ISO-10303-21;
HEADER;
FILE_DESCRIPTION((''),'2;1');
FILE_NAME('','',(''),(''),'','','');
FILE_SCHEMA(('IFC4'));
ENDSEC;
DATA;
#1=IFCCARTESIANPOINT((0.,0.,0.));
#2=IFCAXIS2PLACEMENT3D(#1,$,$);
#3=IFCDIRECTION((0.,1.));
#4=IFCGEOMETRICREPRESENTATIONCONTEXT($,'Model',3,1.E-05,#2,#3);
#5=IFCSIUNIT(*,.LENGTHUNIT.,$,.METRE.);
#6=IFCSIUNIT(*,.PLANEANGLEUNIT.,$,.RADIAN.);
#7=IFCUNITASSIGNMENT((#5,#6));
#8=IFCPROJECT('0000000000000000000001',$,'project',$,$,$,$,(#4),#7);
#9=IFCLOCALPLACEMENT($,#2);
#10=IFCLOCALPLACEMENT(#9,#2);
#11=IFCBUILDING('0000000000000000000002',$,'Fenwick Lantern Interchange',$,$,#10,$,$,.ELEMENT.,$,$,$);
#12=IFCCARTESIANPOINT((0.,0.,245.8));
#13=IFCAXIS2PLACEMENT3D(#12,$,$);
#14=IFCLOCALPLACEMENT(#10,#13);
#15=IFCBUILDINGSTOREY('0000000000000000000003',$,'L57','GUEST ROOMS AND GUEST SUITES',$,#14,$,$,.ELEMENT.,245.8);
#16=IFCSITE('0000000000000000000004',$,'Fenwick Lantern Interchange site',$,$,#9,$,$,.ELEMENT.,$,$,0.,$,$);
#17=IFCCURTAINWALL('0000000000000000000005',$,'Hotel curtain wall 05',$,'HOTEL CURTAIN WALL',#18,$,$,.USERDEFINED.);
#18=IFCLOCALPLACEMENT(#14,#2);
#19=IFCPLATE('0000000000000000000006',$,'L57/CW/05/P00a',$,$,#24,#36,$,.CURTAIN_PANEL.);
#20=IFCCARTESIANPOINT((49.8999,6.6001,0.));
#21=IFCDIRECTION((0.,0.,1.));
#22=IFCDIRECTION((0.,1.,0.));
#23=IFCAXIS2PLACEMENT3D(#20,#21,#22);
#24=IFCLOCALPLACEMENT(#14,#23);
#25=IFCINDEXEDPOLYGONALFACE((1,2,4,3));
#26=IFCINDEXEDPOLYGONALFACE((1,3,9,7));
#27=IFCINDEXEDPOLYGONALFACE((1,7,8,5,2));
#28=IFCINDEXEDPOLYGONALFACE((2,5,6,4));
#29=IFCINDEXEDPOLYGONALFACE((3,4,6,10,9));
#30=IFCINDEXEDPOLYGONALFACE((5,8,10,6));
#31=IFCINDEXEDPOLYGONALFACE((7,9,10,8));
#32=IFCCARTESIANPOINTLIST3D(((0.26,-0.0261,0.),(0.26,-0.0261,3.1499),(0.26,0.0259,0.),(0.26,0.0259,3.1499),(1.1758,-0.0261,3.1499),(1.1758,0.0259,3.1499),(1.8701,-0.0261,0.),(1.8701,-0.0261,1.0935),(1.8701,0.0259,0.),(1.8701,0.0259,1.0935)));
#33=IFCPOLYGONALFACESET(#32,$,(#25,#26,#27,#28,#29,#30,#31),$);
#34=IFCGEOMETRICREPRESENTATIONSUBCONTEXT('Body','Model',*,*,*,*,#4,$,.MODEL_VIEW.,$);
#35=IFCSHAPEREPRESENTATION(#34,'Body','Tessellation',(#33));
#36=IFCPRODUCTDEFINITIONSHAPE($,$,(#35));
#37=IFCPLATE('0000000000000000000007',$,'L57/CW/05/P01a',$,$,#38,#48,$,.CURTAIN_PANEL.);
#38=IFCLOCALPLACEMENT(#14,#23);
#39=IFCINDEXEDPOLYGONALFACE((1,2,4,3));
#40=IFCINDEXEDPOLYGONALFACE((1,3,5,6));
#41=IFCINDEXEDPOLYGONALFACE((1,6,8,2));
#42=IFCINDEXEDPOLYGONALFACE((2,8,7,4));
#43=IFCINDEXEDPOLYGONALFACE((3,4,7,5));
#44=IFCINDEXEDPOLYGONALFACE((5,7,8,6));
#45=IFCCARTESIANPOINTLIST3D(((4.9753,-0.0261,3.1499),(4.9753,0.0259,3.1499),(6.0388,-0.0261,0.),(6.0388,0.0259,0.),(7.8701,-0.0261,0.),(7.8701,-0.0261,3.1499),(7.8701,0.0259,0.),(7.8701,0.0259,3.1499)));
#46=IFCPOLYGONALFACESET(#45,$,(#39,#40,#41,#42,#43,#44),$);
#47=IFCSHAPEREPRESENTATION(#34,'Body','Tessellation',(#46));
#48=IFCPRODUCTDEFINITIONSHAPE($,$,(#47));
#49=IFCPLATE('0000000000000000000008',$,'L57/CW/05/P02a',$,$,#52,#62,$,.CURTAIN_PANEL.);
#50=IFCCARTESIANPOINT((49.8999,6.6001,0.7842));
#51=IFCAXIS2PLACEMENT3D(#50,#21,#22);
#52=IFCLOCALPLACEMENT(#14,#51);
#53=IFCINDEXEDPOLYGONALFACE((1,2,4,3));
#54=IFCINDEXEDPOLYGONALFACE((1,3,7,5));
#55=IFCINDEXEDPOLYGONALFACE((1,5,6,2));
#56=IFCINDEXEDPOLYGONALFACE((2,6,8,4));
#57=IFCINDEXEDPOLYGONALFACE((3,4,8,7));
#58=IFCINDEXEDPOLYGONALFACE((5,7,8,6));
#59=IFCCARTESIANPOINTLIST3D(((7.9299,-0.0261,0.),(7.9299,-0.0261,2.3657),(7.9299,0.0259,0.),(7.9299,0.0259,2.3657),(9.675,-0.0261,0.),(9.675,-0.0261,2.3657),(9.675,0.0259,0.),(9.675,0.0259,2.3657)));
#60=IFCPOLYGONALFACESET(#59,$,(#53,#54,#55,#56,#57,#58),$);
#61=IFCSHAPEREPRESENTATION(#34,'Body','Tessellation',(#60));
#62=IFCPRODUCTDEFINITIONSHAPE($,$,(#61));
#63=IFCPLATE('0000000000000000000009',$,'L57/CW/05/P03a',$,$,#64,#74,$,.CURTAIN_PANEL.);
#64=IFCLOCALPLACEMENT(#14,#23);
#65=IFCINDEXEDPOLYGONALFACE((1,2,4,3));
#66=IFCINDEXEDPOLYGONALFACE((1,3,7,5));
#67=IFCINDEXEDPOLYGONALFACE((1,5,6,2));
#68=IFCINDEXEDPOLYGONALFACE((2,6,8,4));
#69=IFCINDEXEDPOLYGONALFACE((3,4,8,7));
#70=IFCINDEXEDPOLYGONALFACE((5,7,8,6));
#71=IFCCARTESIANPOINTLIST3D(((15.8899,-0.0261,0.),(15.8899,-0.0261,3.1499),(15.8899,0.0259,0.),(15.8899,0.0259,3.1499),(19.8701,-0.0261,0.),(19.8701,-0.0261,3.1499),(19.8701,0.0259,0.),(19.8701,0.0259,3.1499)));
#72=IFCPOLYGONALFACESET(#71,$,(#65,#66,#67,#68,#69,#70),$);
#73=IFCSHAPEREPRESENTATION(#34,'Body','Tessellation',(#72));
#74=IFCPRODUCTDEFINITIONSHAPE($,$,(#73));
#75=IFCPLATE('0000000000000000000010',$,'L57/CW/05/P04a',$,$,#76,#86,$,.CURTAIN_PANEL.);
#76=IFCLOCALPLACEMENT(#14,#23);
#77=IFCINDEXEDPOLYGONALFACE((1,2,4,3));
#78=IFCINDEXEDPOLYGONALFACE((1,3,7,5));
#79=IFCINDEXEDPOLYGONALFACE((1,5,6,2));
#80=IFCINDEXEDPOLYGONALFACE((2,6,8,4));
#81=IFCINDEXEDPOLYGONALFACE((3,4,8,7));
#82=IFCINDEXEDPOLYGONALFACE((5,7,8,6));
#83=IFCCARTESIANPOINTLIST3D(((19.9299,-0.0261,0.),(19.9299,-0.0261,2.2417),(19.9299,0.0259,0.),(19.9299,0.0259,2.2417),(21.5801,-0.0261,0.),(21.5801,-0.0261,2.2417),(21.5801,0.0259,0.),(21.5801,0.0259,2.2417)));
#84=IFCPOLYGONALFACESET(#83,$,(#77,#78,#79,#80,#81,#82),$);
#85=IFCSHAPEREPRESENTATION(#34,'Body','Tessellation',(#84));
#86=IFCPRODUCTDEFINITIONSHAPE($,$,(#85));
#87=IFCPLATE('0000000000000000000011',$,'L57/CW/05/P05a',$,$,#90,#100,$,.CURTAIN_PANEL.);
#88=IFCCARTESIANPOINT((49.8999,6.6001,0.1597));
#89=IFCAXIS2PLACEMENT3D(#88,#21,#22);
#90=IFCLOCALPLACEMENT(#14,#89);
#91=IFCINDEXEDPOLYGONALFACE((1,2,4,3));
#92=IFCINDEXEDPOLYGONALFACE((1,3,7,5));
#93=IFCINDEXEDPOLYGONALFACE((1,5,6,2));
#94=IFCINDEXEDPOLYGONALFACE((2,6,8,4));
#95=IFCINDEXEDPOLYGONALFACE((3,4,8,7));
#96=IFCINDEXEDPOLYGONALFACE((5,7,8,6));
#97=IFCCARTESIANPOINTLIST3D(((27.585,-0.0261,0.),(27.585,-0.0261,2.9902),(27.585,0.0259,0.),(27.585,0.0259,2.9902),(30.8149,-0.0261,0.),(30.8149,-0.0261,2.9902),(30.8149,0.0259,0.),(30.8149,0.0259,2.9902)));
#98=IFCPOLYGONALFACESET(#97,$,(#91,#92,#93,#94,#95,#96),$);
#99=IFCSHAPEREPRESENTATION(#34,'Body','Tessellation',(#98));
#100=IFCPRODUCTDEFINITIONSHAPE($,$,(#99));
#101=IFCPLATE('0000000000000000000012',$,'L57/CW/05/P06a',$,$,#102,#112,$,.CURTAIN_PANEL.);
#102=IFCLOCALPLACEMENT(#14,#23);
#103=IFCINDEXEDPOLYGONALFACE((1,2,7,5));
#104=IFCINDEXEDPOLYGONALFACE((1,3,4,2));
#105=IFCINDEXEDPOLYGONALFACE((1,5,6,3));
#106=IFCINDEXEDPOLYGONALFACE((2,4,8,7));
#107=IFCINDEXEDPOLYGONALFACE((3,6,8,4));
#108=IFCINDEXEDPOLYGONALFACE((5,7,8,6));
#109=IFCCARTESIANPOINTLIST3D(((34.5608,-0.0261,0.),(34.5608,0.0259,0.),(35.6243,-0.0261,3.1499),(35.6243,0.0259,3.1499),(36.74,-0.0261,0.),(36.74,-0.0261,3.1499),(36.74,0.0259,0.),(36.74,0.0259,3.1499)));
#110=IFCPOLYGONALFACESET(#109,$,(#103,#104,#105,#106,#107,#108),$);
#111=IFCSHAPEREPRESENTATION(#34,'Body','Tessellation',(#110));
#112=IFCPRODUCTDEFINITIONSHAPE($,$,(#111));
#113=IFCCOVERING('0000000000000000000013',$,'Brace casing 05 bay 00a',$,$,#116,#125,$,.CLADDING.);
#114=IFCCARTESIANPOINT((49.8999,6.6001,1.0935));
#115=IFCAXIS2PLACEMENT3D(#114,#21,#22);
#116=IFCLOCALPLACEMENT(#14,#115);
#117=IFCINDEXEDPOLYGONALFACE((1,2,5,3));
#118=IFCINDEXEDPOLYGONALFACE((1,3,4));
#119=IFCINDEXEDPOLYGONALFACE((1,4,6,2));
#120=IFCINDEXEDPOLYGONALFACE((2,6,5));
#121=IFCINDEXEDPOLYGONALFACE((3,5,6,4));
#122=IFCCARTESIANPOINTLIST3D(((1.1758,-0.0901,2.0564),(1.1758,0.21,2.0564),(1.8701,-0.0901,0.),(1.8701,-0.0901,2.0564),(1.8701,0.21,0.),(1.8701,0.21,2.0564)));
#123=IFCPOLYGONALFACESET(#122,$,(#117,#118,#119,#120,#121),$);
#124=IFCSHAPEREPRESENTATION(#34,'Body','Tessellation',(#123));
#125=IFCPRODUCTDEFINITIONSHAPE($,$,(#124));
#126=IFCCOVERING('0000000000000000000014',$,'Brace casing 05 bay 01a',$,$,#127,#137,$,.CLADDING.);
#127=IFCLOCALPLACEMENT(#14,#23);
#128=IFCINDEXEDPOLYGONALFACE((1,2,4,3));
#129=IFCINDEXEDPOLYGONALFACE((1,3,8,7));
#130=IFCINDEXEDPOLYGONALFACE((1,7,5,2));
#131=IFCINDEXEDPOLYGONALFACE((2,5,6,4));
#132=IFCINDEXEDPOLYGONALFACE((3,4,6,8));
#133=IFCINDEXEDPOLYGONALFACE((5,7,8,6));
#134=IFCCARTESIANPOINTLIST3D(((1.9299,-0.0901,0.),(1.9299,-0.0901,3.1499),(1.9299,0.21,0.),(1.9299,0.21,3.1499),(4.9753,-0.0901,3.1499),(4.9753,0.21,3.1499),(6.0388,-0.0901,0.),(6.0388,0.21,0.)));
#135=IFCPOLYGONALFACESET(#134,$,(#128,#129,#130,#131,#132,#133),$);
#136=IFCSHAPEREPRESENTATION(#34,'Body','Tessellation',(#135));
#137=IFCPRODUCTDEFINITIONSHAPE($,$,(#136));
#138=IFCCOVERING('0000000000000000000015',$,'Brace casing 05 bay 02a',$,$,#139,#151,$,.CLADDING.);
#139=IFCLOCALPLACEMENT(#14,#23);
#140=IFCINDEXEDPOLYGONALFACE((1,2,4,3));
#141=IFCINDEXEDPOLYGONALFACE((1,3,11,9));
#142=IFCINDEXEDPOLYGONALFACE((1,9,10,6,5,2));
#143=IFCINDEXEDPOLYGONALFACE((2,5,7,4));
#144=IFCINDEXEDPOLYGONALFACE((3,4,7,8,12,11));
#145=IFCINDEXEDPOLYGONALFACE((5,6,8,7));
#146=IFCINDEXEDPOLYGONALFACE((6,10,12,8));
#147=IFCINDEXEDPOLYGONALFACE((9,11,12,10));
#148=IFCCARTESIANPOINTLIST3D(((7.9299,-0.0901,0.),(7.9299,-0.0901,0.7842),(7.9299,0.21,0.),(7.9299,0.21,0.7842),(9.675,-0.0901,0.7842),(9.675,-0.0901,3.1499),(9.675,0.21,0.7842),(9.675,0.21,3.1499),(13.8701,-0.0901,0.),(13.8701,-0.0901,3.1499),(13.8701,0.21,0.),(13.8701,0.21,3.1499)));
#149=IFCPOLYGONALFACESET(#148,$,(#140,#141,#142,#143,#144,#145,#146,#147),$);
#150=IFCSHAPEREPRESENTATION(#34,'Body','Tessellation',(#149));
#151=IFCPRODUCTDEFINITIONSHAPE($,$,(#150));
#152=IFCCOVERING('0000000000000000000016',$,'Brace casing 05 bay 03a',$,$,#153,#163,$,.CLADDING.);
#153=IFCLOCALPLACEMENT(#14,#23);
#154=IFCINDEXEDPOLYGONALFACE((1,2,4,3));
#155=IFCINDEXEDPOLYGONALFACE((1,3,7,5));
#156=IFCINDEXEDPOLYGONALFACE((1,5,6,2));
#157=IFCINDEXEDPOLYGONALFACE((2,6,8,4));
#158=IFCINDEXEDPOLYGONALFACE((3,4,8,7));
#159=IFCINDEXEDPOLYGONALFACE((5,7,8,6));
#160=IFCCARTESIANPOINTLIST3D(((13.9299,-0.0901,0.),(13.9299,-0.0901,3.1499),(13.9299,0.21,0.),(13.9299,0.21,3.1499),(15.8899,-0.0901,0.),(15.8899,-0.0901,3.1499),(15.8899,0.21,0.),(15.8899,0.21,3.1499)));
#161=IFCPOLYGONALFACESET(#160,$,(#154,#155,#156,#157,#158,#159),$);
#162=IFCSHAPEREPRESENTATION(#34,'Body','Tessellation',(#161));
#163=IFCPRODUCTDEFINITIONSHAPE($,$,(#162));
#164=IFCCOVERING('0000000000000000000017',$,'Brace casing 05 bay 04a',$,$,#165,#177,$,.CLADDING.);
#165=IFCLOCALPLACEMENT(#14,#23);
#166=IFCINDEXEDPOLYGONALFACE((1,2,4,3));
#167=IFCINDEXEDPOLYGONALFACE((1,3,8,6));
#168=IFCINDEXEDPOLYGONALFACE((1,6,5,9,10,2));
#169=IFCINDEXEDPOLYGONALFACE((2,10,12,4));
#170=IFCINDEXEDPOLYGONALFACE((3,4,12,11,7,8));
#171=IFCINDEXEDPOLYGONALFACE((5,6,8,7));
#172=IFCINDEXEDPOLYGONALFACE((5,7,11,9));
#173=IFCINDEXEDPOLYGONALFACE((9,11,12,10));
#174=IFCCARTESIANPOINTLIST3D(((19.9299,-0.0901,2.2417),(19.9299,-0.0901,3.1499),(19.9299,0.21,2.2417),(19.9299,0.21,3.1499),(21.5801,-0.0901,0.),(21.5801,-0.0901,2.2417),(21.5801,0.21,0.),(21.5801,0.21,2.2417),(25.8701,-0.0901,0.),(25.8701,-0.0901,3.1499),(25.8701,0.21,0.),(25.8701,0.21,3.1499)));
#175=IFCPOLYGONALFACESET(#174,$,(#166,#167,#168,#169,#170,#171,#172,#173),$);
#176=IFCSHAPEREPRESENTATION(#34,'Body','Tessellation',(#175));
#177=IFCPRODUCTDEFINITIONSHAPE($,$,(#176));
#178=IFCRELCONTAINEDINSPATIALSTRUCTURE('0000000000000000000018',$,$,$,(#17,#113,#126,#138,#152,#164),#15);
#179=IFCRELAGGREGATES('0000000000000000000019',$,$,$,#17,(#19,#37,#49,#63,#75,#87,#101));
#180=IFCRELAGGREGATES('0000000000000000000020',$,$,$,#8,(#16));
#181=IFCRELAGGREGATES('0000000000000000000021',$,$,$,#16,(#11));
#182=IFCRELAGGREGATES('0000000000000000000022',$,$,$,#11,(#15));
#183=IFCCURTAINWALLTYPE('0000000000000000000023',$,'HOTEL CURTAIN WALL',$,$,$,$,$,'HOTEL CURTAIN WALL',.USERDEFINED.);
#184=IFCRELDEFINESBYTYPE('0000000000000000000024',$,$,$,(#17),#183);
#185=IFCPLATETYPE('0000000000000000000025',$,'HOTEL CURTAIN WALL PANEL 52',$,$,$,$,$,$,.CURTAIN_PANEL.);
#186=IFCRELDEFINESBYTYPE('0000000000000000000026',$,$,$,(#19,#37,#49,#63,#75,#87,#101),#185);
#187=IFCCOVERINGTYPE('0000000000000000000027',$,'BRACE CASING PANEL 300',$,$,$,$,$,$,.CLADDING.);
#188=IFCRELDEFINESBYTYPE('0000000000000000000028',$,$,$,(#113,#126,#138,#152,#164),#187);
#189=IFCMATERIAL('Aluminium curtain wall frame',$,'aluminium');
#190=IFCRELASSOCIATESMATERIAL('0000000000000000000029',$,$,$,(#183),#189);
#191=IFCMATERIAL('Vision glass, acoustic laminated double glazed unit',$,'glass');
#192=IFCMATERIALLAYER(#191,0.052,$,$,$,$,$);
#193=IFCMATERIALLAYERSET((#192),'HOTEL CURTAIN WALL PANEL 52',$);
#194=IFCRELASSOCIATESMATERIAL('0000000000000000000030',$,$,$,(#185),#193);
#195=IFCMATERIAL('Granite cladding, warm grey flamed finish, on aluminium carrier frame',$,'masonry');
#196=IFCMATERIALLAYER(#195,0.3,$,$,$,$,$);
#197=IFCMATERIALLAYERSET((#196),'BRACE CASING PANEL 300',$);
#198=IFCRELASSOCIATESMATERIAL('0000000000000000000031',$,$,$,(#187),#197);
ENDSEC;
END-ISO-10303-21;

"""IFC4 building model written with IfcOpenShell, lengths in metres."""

from ifc_helpers import new_model, si_unit, direction, frame, origin, place, context, subcontext, project, spatial, polyline, outline, extrude, material, layer, layer_set, type_object, element, aggregate, save


model = new_model("IFC4")

# Units and contexts
model_context = context("Model", 3, precision=1e-05, world=origin(), true_north=direction((0.0, 1.0)))
body_context = subcontext(model_context, "Body", "Model", "MODEL_VIEW")
ifc_project = project(units=[si_unit("LENGTHUNIT", "METRE"), si_unit("PLANEANGLEUNIT", "RADIAN")], contexts=[model_context])

# Site, building, storey
site_placement = place(None, origin())
site = spatial("IfcSite", under=ifc_project, at=site_placement, Name="Fenwick Lantern Interchange site", CompositionType="ELEMENT", RefElevation=0.0)
building_placement = place(site_placement, origin())
building = spatial("IfcBuilding", under=site, at=building_placement, Name="Fenwick Lantern Interchange", CompositionType="ELEMENT")
storey_placement = place(building_placement, frame((0.0, 0.0, 245.8)))
storey = spatial("IfcBuildingStorey", under=building, at=storey_placement, Name="L57", Description="GUEST ROOMS AND GUEST SUITES", CompositionType="ELEMENT", Elevation=245.8)

# Shared definitions
ifc_material_1 = material(Name="Aluminium curtain wall frame", Category="aluminium")
curtain_wall_type = type_object("IfcCurtainWallType", Name="HOTEL CURTAIN WALL", ElementType="HOTEL CURTAIN WALL", PredefinedType="USERDEFINED", material=ifc_material_1)

# Shared definitions
ifc_material_2 = material(Name="Vision glass, acoustic laminated double glazed unit", Category="glass")
ifc_layer_1 = layer(ifc_material_2, 0.052)
ifc_layer_set_1 = layer_set([ifc_layer_1], Name="HOTEL CURTAIN WALL PANEL 52")
plate_type = type_object("IfcPlateType", Name="HOTEL CURTAIN WALL PANEL 52", PredefinedType="CURTAIN_PANEL", material=ifc_layer_set_1)

# Curtain wall, plates
curtain_wall_1_placement = place(storey_placement, origin())
curtain_wall_1 = element("IfcCurtainWall", 1, at=curtain_wall_1_placement, inside=storey, type_object=curtain_wall_type, Name="Hotel curtain wall 05", ObjectType="HOTEL CURTAIN WALL", PredefinedType="USERDEFINED")
plate_1_placement = place(storey_placement, frame((49.8999, 6.6001, 0.0), z_axis=(0.0, 0.0, 1.0), x_axis=(0.0, 1.0, 0.0)))
plate_1 = element("IfcPlate", 2, at=plate_1_placement, type_object=plate_type, Name="L57/CW/05/P00a", PredefinedType="CURTAIN_PANEL", context=body_context, shape_type="SweptSolid", body=[
    extrude(outline(polyline([(0.26, 0.0), (1.8701, 0.0), (1.8701, 1.0935), (1.1758, 3.1499), (0.26, 3.1499), (0.26, 0.0)])), frame((0.0, 0.0259, 0.0), z_axis=(0.0, -1.0, 0.0), x_axis=(1.0, 0.0, 0.0)), (0.0, 0.0, 1.0), 0.052),
])
plate_2_placement = place(storey_placement, frame((49.8999, 6.6001, 0.0), z_axis=(0.0, 0.0, 1.0), x_axis=(0.0, 1.0, 0.0)))
plate_2 = element("IfcPlate", 3, at=plate_2_placement, type_object=plate_type, Name="L57/CW/05/P01a", PredefinedType="CURTAIN_PANEL", context=body_context, shape_type="SweptSolid", body=[
    extrude(outline(polyline([(6.0388, 0.0), (7.8701, 0.0), (7.8701, 3.1499), (4.9753, 3.1499), (6.0388, 0.0)])), frame((0.0, 0.0259, 0.0), z_axis=(0.0, -1.0, 0.0), x_axis=(1.0, 0.0, 0.0)), (0.0, 0.0, 1.0), 0.052),
])
plate_3_placement = place(storey_placement, frame((49.8999, 6.6001, 0.7842), z_axis=(0.0, 0.0, 1.0), x_axis=(0.0, 1.0, 0.0)))
plate_3 = element("IfcPlate", 4, at=plate_3_placement, type_object=plate_type, Name="L57/CW/05/P02a", PredefinedType="CURTAIN_PANEL", context=body_context, shape_type="SweptSolid", body=[
    extrude(outline(polyline([(7.9299, 0.0), (9.675, 0.0), (9.675, 2.3657), (7.9299, 2.3657), (7.9299, 0.0)])), frame((0.0, 0.0259, 0.0), z_axis=(0.0, -1.0, 0.0), x_axis=(1.0, 0.0, 0.0)), (0.0, 0.0, 1.0), 0.052),
])
plate_4_placement = place(storey_placement, frame((49.8999, 6.6001, 0.0), z_axis=(0.0, 0.0, 1.0), x_axis=(0.0, 1.0, 0.0)))
plate_4 = element("IfcPlate", 5, at=plate_4_placement, type_object=plate_type, Name="L57/CW/05/P03a", PredefinedType="CURTAIN_PANEL", context=body_context, shape_type="SweptSolid", body=[
    extrude(outline(polyline([(15.8899, 0.0), (19.8701, 0.0), (19.8701, 3.1499), (15.8899, 3.1499), (15.8899, 0.0)])), frame((0.0, 0.0259, 0.0), z_axis=(0.0, -1.0, 0.0), x_axis=(1.0, 0.0, 0.0)), (0.0, 0.0, 1.0), 0.052),
])
plate_5_placement = place(storey_placement, frame((49.8999, 6.6001, 0.0), z_axis=(0.0, 0.0, 1.0), x_axis=(0.0, 1.0, 0.0)))
plate_5 = element("IfcPlate", 6, at=plate_5_placement, type_object=plate_type, Name="L57/CW/05/P04a", PredefinedType="CURTAIN_PANEL", context=body_context, shape_type="SweptSolid", body=[
    extrude(outline(polyline([(19.9299, 0.0), (21.5801, 0.0), (21.5801, 2.2417), (19.9299, 2.2417), (19.9299, 0.0)])), frame((0.0, 0.0259, 0.0), z_axis=(0.0, -1.0, 0.0), x_axis=(1.0, 0.0, 0.0)), (0.0, 0.0, 1.0), 0.052),
])
plate_6_placement = place(storey_placement, frame((49.8999, 6.6001, 0.1597), z_axis=(0.0, 0.0, 1.0), x_axis=(0.0, 1.0, 0.0)))
plate_6 = element("IfcPlate", 7, at=plate_6_placement, type_object=plate_type, Name="L57/CW/05/P05a", PredefinedType="CURTAIN_PANEL", context=body_context, shape_type="SweptSolid", body=[
    extrude(outline(polyline([(27.585, 0.0), (30.8149, 0.0), (30.8149, 2.9902), (27.585, 2.9902), (27.585, 0.0)])), frame((0.0, 0.0259, 0.0), z_axis=(0.0, -1.0, 0.0), x_axis=(1.0, 0.0, 0.0)), (0.0, 0.0, 1.0), 0.052),
])
plate_7_placement = place(storey_placement, frame((49.8999, 6.6001, 0.0), z_axis=(0.0, 0.0, 1.0), x_axis=(0.0, 1.0, 0.0)))
plate_7 = element("IfcPlate", 8, at=plate_7_placement, type_object=plate_type, Name="L57/CW/05/P06a", PredefinedType="CURTAIN_PANEL", context=body_context, shape_type="SweptSolid", body=[
    extrude(outline(polyline([(34.5608, 0.0), (36.74, 0.0), (36.74, 3.1499), (35.6243, 3.1499), (34.5608, 0.0)])), frame((0.0, 0.0259, 0.0), z_axis=(0.0, -1.0, 0.0), x_axis=(1.0, 0.0, 0.0)), (0.0, 0.0, 1.0), 0.052),
])
aggregate(curtain_wall_1, [plate_1, plate_2, plate_3, plate_4, plate_5, plate_6, plate_7])

# Coverings
ifc_material_3 = material(Name="Granite cladding, warm grey flamed finish, on aluminium carrier frame", Category="masonry")
ifc_layer_2 = layer(ifc_material_3, 0.3)
ifc_layer_set_2 = layer_set([ifc_layer_2], Name="BRACE CASING PANEL 300")
covering_type = type_object("IfcCoveringType", Name="BRACE CASING PANEL 300", PredefinedType="CLADDING", material=ifc_layer_set_2)
covering_1_placement = place(storey_placement, frame((49.8999, 6.6001, 1.0935), z_axis=(0.0, 0.0, 1.0), x_axis=(0.0, 1.0, 0.0)))
element("IfcCovering", 9, at=covering_1_placement, inside=storey, type_object=covering_type, Name="Brace casing 05 bay 00a", PredefinedType="CLADDING", context=body_context, shape_type="SweptSolid", body=[
    extrude(outline(polyline([(1.8701, 0.0), (1.8701, 2.0564), (1.1758, 2.0564), (1.8701, 0.0)])), frame((0.0, 0.21, 0.0), z_axis=(0.0, -1.0, 0.0), x_axis=(1.0, 0.0, 0.0)), (0.0, 0.0, 1.0), 0.3),
])
covering_2_placement = place(storey_placement, frame((49.8999, 6.6001, 0.0), z_axis=(0.0, 0.0, 1.0), x_axis=(0.0, 1.0, 0.0)))
element("IfcCovering", 10, at=covering_2_placement, inside=storey, type_object=covering_type, Name="Brace casing 05 bay 01a", PredefinedType="CLADDING", context=body_context, shape_type="SweptSolid", body=[
    extrude(outline(polyline([(1.9299, 0.0), (6.0388, 0.0), (4.9753, 3.1499), (1.9299, 3.1499), (1.9299, 0.0)])), frame((0.0, 0.21, 0.0), z_axis=(0.0, -1.0, 0.0), x_axis=(1.0, 0.0, 0.0)), (0.0, 0.0, 1.0), 0.3),
])
covering_3_placement = place(storey_placement, frame((49.8999, 6.6001, 0.0), z_axis=(0.0, 0.0, 1.0), x_axis=(0.0, 1.0, 0.0)))
element("IfcCovering", 11, at=covering_3_placement, inside=storey, type_object=covering_type, Name="Brace casing 05 bay 02a", PredefinedType="CLADDING", context=body_context, shape_type="SweptSolid", body=[
    extrude(outline(polyline([(7.9299, 0.0), (13.8701, 0.0), (13.8701, 3.1499), (9.675, 3.1499), (9.675, 0.7842), (7.9299, 0.7842), (7.9299, 0.0)])), frame((0.0, 0.21, 0.0), z_axis=(0.0, -1.0, 0.0), x_axis=(1.0, 0.0, 0.0)), (0.0, 0.0, 1.0), 0.3),
])
covering_4_placement = place(storey_placement, frame((49.8999, 6.6001, 0.0), z_axis=(0.0, 0.0, 1.0), x_axis=(0.0, 1.0, 0.0)))
element("IfcCovering", 12, at=covering_4_placement, inside=storey, type_object=covering_type, Name="Brace casing 05 bay 03a", PredefinedType="CLADDING", context=body_context, shape_type="SweptSolid", body=[
    extrude(outline(polyline([(13.9299, 0.0), (15.8899, 0.0), (15.8899, 3.1499), (13.9299, 3.1499), (13.9299, 0.0)])), frame((0.0, 0.21, 0.0), z_axis=(0.0, -1.0, 0.0), x_axis=(1.0, 0.0, 0.0)), (0.0, 0.0, 1.0), 0.3),
])
covering_5_placement = place(storey_placement, frame((49.8999, 6.6001, 0.0), z_axis=(0.0, 0.0, 1.0), x_axis=(0.0, 1.0, 0.0)))
element("IfcCovering", 13, at=covering_5_placement, inside=storey, type_object=covering_type, Name="Brace casing 05 bay 04a", PredefinedType="CLADDING", context=body_context, shape_type="SweptSolid", body=[
    extrude(outline(polyline([(21.5801, 0.0), (25.8701, 0.0), (25.8701, 3.1499), (19.9299, 3.1499), (19.9299, 2.2417), (21.5801, 2.2417), (21.5801, 0.0)])), frame((0.0, 0.21, 0.0), z_axis=(0.0, -1.0, 0.0), x_axis=(1.0, 0.0, 0.0)), (0.0, 0.0, 1.0), 0.3),
])

save(model, "model.ifc")
